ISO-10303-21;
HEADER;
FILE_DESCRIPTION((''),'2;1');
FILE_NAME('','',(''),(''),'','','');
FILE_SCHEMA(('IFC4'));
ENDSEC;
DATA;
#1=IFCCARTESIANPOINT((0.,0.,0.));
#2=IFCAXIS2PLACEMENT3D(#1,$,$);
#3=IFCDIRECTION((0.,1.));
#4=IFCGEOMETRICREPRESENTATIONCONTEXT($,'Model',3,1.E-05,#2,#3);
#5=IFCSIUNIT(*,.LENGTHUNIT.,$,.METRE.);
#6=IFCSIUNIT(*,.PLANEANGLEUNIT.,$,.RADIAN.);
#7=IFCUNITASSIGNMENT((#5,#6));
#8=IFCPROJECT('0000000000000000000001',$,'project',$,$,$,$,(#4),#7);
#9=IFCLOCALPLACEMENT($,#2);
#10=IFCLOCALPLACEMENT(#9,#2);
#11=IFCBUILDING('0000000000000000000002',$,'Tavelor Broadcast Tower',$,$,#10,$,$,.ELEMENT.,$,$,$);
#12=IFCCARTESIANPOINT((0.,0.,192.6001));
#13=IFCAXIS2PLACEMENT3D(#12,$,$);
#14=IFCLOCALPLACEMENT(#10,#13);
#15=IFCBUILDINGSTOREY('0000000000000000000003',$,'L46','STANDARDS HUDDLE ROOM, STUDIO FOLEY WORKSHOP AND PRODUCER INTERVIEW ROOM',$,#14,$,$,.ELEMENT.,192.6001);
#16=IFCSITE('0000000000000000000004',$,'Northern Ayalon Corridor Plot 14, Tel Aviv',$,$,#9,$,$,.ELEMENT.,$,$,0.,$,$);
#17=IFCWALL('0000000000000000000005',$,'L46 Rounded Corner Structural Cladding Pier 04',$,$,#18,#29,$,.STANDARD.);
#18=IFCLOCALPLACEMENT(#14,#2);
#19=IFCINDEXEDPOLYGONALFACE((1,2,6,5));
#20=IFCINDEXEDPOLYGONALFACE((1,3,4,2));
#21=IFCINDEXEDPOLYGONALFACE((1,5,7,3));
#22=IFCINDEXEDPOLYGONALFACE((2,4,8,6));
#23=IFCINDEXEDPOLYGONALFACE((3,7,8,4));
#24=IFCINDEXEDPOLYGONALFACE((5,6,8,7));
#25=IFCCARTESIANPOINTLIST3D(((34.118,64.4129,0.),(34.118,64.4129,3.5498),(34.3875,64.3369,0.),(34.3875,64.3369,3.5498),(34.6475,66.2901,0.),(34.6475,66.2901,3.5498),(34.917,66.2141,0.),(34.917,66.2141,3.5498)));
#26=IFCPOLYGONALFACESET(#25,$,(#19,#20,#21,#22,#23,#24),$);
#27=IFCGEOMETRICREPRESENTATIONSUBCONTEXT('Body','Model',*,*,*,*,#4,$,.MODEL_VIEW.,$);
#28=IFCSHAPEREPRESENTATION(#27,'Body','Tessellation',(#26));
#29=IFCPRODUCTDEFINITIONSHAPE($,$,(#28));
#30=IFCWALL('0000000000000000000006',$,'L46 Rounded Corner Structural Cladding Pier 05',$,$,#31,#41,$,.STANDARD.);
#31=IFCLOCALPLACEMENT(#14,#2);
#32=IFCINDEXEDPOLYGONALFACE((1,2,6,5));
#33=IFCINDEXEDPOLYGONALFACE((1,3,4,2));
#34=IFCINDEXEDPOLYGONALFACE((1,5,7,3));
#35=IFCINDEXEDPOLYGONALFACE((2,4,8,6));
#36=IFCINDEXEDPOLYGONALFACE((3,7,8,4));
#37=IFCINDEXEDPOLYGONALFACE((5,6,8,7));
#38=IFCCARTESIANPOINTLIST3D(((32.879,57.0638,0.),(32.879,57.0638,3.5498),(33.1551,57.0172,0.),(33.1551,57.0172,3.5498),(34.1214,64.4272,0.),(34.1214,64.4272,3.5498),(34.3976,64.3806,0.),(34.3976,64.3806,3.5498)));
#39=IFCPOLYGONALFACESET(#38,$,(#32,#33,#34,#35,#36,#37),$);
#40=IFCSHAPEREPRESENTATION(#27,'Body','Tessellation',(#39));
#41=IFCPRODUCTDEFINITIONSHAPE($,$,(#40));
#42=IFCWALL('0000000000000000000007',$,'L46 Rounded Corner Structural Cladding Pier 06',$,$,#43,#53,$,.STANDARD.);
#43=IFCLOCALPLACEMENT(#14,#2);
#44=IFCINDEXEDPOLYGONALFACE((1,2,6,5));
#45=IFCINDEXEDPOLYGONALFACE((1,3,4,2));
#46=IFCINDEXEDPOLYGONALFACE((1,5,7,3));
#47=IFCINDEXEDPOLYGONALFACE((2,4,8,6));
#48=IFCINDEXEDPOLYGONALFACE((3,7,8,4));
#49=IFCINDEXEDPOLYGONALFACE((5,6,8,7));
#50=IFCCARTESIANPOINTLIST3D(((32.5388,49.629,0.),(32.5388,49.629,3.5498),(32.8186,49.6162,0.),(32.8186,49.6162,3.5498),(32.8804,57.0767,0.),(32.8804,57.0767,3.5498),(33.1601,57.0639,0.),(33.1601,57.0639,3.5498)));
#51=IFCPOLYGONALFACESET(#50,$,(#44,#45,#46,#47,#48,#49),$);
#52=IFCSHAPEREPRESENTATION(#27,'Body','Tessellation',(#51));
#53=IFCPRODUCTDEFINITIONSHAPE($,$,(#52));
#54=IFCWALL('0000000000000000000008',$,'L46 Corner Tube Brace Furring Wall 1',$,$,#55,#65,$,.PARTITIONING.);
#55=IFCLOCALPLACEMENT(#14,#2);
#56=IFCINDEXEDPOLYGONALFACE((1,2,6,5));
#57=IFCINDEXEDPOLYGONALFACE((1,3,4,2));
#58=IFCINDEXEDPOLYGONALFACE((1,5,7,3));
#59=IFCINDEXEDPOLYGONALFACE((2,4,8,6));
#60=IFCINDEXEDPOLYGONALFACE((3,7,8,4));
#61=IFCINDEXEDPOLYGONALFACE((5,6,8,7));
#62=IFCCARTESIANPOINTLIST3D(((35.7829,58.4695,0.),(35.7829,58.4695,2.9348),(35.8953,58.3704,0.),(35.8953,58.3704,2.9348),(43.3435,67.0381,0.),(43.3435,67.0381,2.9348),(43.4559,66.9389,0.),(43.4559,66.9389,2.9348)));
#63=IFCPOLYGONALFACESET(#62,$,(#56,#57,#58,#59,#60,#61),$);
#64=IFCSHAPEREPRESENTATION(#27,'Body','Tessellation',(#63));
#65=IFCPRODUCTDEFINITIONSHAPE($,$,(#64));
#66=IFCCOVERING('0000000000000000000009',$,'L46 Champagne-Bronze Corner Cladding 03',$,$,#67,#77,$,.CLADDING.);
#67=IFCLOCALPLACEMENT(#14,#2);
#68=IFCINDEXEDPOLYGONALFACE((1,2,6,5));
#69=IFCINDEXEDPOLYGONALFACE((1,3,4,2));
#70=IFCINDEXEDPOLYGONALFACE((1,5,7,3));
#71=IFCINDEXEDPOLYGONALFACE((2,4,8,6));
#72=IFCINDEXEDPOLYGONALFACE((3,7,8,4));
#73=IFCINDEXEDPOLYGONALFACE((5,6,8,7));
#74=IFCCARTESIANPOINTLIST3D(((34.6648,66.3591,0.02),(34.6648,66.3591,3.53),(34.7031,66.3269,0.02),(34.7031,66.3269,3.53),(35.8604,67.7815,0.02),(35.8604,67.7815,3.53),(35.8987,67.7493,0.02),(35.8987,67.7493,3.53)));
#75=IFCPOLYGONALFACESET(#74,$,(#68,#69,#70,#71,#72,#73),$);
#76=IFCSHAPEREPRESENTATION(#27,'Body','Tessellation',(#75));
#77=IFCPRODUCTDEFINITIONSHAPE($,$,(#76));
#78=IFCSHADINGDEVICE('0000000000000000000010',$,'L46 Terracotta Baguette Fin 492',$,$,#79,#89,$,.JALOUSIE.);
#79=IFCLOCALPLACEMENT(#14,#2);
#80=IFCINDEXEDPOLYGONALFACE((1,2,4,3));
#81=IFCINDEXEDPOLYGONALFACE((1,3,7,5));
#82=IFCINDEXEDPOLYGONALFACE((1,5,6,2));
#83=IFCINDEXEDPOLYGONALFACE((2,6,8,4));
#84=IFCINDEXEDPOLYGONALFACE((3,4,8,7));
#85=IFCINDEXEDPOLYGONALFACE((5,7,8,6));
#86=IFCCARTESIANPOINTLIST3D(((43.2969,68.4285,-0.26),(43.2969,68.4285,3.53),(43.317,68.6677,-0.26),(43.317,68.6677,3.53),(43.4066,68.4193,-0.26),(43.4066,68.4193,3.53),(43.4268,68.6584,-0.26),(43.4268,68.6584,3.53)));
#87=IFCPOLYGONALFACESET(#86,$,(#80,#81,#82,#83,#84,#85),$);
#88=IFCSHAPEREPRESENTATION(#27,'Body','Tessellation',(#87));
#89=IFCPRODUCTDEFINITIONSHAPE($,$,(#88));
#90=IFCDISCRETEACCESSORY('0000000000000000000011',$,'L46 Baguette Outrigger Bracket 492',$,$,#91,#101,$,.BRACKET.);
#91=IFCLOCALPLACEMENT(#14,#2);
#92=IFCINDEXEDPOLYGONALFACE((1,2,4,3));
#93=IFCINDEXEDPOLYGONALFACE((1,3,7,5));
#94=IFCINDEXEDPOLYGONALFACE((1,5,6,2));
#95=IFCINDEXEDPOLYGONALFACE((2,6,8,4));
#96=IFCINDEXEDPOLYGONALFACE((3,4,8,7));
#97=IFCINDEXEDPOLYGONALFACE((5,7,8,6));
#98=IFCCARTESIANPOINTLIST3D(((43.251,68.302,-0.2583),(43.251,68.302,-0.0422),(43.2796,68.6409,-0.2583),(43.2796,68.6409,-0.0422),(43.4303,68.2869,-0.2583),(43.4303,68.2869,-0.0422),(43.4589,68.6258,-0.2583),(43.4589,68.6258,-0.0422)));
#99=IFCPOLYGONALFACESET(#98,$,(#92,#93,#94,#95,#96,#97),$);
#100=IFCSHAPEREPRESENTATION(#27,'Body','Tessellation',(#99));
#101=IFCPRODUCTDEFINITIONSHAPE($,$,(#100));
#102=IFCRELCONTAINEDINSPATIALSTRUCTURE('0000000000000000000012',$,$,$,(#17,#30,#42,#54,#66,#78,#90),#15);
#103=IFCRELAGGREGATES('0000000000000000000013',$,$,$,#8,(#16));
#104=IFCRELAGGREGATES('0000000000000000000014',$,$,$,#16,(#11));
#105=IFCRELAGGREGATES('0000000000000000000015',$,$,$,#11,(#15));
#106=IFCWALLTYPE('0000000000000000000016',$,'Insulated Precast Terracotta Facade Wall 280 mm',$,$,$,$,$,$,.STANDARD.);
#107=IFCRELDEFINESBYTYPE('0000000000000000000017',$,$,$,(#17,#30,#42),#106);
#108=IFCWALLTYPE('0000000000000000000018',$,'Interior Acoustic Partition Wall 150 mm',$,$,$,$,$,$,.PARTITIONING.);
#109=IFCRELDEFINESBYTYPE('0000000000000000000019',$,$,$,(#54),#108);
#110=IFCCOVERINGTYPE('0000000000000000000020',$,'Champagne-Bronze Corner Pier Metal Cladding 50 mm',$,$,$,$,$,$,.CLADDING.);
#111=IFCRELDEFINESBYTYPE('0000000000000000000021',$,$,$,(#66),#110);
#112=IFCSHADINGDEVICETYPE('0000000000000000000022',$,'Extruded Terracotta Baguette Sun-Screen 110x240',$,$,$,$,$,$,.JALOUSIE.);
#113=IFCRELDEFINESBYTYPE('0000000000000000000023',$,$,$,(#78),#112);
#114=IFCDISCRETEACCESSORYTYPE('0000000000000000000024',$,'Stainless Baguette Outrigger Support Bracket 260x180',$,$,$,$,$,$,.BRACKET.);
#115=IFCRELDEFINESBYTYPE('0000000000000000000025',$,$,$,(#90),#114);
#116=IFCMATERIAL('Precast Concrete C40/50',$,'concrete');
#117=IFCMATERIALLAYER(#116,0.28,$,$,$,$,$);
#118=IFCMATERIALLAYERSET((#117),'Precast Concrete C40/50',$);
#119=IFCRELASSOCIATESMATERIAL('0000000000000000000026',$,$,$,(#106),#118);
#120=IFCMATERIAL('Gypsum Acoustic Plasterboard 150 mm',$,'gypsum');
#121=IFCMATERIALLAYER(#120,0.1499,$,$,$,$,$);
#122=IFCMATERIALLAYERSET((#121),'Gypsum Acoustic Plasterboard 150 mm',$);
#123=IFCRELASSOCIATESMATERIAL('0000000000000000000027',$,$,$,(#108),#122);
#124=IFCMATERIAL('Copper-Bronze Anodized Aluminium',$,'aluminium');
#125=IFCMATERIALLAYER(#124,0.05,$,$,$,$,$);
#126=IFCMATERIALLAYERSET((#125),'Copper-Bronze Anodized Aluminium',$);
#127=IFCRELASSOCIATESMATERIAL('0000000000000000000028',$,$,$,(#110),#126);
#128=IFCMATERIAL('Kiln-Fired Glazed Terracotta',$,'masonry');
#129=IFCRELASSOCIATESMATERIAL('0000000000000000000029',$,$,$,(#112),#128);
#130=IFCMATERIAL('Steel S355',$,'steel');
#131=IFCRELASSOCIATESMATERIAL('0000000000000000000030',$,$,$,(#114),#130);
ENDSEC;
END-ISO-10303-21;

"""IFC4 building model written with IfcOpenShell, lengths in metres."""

from ifc_helpers import new_model, si_unit, direction, frame, frame_2d, origin, origin_2d, place, context, subcontext, project, spatial, rectangle, extrude, source, transform, mapped, material, layer, layer_set, type_object, type_shapes, element, save


model = new_model("IFC4")

# Units and contexts
model_context = context("Model", 3, precision=1e-05, world=origin(), true_north=direction((0.0, 1.0)))
body_context = subcontext(model_context, "Body", "Model", "MODEL_VIEW")
ifc_project = project(units=[si_unit("LENGTHUNIT", "METRE"), si_unit("PLANEANGLEUNIT", "RADIAN")], contexts=[model_context])

# Site, building, storey
site_placement = place(None, origin())
site = spatial("IfcSite", under=ifc_project, at=site_placement, Name="Northern Ayalon Corridor Plot 14, Tel Aviv", CompositionType="ELEMENT", RefElevation=0.0)
building_placement = place(site_placement, origin())
building = spatial("IfcBuilding", under=site, at=building_placement, Name="Tavelor Broadcast Tower", CompositionType="ELEMENT")
storey_placement = place(building_placement, frame((0.0, 0.0, 192.6001)))
storey = spatial("IfcBuildingStorey", under=building, at=storey_placement, Name="L46", Description="STANDARDS HUDDLE ROOM, STUDIO FOLEY WORKSHOP AND PRODUCER INTERVIEW ROOM", CompositionType="ELEMENT", Elevation=192.6001)

# Shared definitions
ifc_material_1 = material(Name="Steel S355", Category="steel")

# Walls
ifc_material_2 = material(Name="Precast Concrete C40/50", Category="concrete")
ifc_layer_1 = layer(ifc_material_2, 0.28)
ifc_layer_set_1 = layer_set([ifc_layer_1], Name="Precast Concrete C40/50")
wall_type_1 = type_object("IfcWallType", Name="Insulated Precast Terracotta Facade Wall 280 mm", PredefinedType="STANDARD", material=ifc_layer_set_1)
wall_1_placement = place(storey_placement, frame((34.7822, 66.252, 0.0), z_axis=(0.0, 0.0, 1.0), x_axis=(-0.271496, -0.96244, 0.0)))
element("IfcWall", 1, at=wall_1_placement, inside=storey, type_object=wall_type_1, Name="L46 Rounded Corner Structural Cladding Pier 04", PredefinedType="STANDARD", context=body_context, shape_type="SweptSolid", body=[
    extrude(rectangle(XDim=1.9504, YDim=0.28, at=frame_2d((0.9751, 0.0))), origin(), (0.0, 0.0, 1.0), 3.5498),
])
wall_2_placement = place(storey_placement, frame((34.2595, 64.4041, 0.0), z_axis=(0.0, 0.0, 1.0), x_axis=(-0.166376, -0.986062, 0.0)))
element("IfcWall", 2, at=wall_2_placement, inside=storey, type_object=wall_type_1, Name="L46 Rounded Corner Structural Cladding Pier 05", PredefinedType="STANDARD", context=body_context, shape_type="SweptSolid", body=[
    extrude(rectangle(XDim=7.4675, YDim=0.28, at=frame_2d((3.7339, 0.0))), origin(), (0.0, 0.0, 1.0), 3.5498),
])
wall_3_placement = place(storey_placement, frame((33.0203, 57.0703, 0.0), z_axis=(0.0, 0.0, 1.0), x_axis=(-0.045812, -0.99895, 0.0)))
element("IfcWall", 3, at=wall_3_placement, inside=storey, type_object=wall_type_1, Name="L46 Rounded Corner Structural Cladding Pier 06", PredefinedType="STANDARD", context=body_context, shape_type="SweptSolid", body=[
    extrude(rectangle(XDim=7.4556, YDim=0.28, at=frame_2d((3.7278, 0.0))), origin(), (0.0, 0.0, 1.0), 3.5498),
])
ifc_material_3 = material(Name="Gypsum Acoustic Plasterboard 150 mm", Category="gypsum")
ifc_layer_2 = layer(ifc_material_3, 0.1499)
ifc_layer_set_2 = layer_set([ifc_layer_2], Name="Gypsum Acoustic Plasterboard 150 mm")
wall_type_2 = type_object("IfcWallType", Name="Interior Acoustic Partition Wall 150 mm", PredefinedType="PARTITIONING", material=ifc_layer_set_2)
wall_4_placement = place(storey_placement, frame((43.3997, 66.9885, 0.0), z_axis=(0.0, 0.0, 1.0), x_axis=(-0.661622, -0.749837, 0.0)))
element("IfcWall", 4, at=wall_4_placement, inside=storey, type_object=wall_type_2, Name="L46 Corner Tube Brace Furring Wall 1", PredefinedType="PARTITIONING", context=body_context, shape_type="SweptSolid", body=[
    extrude(rectangle(XDim=11.4272, YDim=0.1499, at=frame_2d((5.7136, 0.0))), origin(), (0.0, 0.0, 1.0), 2.9348),
])

# Covering
ifc_material_4 = material(Name="Copper-Bronze Anodized Aluminium", Category="aluminium")
ifc_layer_3 = layer(ifc_material_4, 0.05)
ifc_layer_set_3 = layer_set([ifc_layer_3], Name="Copper-Bronze Anodized Aluminium")
covering_type = type_object("IfcCoveringType", Name="Champagne-Bronze Corner Pier Metal Cladding 50 mm", PredefinedType="CLADDING", material=ifc_layer_set_3)
covering_placement = place(storey_placement, frame((35.2817, 67.0542, 0.02), z_axis=(0.0, 0.0, 1.0), x_axis=(-0.643456, -0.765483, 0.0)))
element("IfcCovering", 5, at=covering_placement, inside=storey, type_object=covering_type, Name="L46 Champagne-Bronze Corner Cladding 03", PredefinedType="CLADDING", context=body_context, shape_type="SweptSolid", body=[
    extrude(rectangle(XDim=1.8582, YDim=0.05, at=origin_2d()), origin(), (0.0, 0.0, 1.0), 3.51),
])

# Shading device
ifc_material_5 = material(Name="Kiln-Fired Glazed Terracotta", Category="masonry")
shading_device_type = type_object("IfcShadingDeviceType", Name="Extruded Terracotta Baguette Sun-Screen 110x240", PredefinedType="JALOUSIE", material=ifc_material_5)
shared_shape_1 = source(origin(), body_context, "Body", "SweptSolid", [
    extrude(rectangle(XDim=0.1101, YDim=0.24, at=origin_2d()), origin(), (0.0, 0.0, 1.0), 3.79),
])
type_shapes(shading_device_type, [shared_shape_1])
shading_device_placement = place(storey_placement, frame((43.3618, 68.5435, -0.26), z_axis=(0.0, 0.0, 1.0), x_axis=(-0.996464, 0.084026, 0.0)))
element("IfcShadingDevice", 6, at=shading_device_placement, inside=storey, type_object=shading_device_type, Name="L46 Terracotta Baguette Fin 492", PredefinedType="JALOUSIE", context=body_context, shape_type="MappedRepresentation", body=[
    mapped(shared_shape_1, transform((0.0, 0.0, 0.0), scale=1.0)),
])

# Discrete accessory
discrete_accessory_type = type_object("IfcDiscreteAccessoryType", Name="Stainless Baguette Outrigger Support Bracket 260x180", PredefinedType="BRACKET", material=ifc_material_1)
shared_shape_2 = source(origin(), body_context, "Body", "SweptSolid", [
    extrude(rectangle(XDim=0.1799, YDim=0.3401, at=origin_2d()), origin(), (0.0, 0.0, 1.0), 0.2161),
])
type_shapes(discrete_accessory_type, [shared_shape_2])
discrete_accessory_placement = place(storey_placement, frame((43.355, 68.4639, -0.2583), z_axis=(0.0, 0.0, 1.0), x_axis=(-0.996464, 0.084026, 0.0)))
element("IfcDiscreteAccessory", 7, at=discrete_accessory_placement, inside=storey, type_object=discrete_accessory_type, Name="L46 Baguette Outrigger Bracket 492", PredefinedType="BRACKET", context=body_context, shape_type="MappedRepresentation", body=[
    mapped(shared_shape_2, transform((0.0, 0.0, 0.0), scale=1.0)),
])

save(model, "model.ifc")
